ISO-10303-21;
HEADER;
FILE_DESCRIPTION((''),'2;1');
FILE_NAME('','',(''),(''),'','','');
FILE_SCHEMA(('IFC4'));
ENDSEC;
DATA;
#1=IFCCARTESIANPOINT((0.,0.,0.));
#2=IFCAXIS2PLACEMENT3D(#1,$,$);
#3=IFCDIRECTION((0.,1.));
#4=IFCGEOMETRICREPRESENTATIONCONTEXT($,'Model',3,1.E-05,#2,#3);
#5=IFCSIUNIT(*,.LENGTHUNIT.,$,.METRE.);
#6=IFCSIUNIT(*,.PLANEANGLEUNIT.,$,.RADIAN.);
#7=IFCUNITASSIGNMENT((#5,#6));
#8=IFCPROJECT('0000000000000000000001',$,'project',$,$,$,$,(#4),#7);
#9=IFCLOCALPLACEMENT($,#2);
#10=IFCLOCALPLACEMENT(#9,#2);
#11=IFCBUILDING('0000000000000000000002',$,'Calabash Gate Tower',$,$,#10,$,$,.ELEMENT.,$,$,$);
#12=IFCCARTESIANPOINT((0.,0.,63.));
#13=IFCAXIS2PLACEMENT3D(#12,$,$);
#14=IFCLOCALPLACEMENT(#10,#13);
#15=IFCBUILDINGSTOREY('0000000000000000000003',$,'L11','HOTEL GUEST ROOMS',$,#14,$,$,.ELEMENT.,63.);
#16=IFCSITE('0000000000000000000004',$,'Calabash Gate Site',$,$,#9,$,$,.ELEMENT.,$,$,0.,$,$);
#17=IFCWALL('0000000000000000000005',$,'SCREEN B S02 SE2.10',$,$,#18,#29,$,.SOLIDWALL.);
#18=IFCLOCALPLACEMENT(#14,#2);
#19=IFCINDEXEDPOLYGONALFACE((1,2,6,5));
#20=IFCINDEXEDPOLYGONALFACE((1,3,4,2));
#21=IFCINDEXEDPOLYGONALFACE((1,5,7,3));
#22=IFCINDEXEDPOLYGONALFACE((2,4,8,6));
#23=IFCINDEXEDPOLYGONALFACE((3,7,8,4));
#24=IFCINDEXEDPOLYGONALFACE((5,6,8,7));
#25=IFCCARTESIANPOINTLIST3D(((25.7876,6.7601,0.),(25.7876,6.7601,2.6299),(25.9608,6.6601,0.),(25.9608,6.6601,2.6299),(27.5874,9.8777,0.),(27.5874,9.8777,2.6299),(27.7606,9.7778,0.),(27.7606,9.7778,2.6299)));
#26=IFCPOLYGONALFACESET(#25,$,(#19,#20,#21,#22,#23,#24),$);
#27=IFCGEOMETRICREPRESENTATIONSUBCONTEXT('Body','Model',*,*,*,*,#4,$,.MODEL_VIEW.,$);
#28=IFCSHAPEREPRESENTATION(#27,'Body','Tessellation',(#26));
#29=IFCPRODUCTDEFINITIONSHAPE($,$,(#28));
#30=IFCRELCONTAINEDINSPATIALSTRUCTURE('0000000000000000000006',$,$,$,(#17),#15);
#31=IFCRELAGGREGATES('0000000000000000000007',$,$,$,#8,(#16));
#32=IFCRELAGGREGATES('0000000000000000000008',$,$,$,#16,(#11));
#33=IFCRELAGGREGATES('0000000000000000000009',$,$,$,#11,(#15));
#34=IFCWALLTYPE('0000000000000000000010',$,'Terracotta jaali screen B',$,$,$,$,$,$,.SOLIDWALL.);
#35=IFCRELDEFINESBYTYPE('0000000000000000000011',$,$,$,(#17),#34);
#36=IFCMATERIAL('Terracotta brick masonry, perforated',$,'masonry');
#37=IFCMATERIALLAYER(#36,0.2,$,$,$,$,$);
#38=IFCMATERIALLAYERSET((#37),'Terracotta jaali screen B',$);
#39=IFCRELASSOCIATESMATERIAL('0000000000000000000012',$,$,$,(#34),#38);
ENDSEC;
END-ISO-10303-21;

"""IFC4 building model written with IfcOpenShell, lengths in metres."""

from ifc_helpers import new_model, si_unit, direction, frame, frame_2d, origin, place, context, subcontext, project, spatial, rectangle, extrude, material, layer, layer_set, type_object, element, save


model = new_model("IFC4")

# Units and contexts
model_context = context("Model", 3, precision=1e-05, world=origin(), true_north=direction((0.0, 1.0)))
body_context = subcontext(model_context, "Body", "Model", "MODEL_VIEW")
ifc_project = project(units=[si_unit("LENGTHUNIT", "METRE"), si_unit("PLANEANGLEUNIT", "RADIAN")], contexts=[model_context])

# Site, building, storey
site_placement = place(None, origin())
site = spatial("IfcSite", under=ifc_project, at=site_placement, Name="Calabash Gate Site", CompositionType="ELEMENT", RefElevation=0.0)
building_placement = place(site_placement, origin())
building = spatial("IfcBuilding", under=site, at=building_placement, Name="Calabash Gate Tower", CompositionType="ELEMENT")
storey_placement = place(building_placement, frame((0.0, 0.0, 63.0)))
storey = spatial("IfcBuildingStorey", under=building, at=storey_placement, Name="L11", Description="HOTEL GUEST ROOMS", CompositionType="ELEMENT", Elevation=63.0)

# Wall
ifc_material_1 = material(Name="Terracotta brick masonry, perforated", Category="masonry")
ifc_layer_1 = layer(ifc_material_1, 0.2)
ifc_layer_set_1 = layer_set([ifc_layer_1], Name="Terracotta jaali screen B")
wall_type_1 = type_object("IfcWallType", Name="Terracotta jaali screen B", PredefinedType="SOLIDWALL", material=ifc_layer_set_1)
for number, where, z_axis, x_axis, name in (
    (1, (25.8743, 6.7102, 0.0), (0.0, 0.0, 1.0), (0.499961, 0.866048, 0.0), "SCREEN B S02 SE2.10"),
):
    element("IfcWall", number, at=place(storey_placement, frame(where, z_axis=z_axis, x_axis=x_axis)), inside=storey, type_object=wall_type_1, Name=name, PredefinedType="SOLIDWALL", context=body_context, shape_type="SweptSolid", body=[
        extrude(rectangle(XDim=3.5999, YDim=0.2, at=frame_2d((1.7998, 0.0))), origin(), (0.0, 0.0, 1.0), 2.6299),
    ])

save(model, "model.ifc")
